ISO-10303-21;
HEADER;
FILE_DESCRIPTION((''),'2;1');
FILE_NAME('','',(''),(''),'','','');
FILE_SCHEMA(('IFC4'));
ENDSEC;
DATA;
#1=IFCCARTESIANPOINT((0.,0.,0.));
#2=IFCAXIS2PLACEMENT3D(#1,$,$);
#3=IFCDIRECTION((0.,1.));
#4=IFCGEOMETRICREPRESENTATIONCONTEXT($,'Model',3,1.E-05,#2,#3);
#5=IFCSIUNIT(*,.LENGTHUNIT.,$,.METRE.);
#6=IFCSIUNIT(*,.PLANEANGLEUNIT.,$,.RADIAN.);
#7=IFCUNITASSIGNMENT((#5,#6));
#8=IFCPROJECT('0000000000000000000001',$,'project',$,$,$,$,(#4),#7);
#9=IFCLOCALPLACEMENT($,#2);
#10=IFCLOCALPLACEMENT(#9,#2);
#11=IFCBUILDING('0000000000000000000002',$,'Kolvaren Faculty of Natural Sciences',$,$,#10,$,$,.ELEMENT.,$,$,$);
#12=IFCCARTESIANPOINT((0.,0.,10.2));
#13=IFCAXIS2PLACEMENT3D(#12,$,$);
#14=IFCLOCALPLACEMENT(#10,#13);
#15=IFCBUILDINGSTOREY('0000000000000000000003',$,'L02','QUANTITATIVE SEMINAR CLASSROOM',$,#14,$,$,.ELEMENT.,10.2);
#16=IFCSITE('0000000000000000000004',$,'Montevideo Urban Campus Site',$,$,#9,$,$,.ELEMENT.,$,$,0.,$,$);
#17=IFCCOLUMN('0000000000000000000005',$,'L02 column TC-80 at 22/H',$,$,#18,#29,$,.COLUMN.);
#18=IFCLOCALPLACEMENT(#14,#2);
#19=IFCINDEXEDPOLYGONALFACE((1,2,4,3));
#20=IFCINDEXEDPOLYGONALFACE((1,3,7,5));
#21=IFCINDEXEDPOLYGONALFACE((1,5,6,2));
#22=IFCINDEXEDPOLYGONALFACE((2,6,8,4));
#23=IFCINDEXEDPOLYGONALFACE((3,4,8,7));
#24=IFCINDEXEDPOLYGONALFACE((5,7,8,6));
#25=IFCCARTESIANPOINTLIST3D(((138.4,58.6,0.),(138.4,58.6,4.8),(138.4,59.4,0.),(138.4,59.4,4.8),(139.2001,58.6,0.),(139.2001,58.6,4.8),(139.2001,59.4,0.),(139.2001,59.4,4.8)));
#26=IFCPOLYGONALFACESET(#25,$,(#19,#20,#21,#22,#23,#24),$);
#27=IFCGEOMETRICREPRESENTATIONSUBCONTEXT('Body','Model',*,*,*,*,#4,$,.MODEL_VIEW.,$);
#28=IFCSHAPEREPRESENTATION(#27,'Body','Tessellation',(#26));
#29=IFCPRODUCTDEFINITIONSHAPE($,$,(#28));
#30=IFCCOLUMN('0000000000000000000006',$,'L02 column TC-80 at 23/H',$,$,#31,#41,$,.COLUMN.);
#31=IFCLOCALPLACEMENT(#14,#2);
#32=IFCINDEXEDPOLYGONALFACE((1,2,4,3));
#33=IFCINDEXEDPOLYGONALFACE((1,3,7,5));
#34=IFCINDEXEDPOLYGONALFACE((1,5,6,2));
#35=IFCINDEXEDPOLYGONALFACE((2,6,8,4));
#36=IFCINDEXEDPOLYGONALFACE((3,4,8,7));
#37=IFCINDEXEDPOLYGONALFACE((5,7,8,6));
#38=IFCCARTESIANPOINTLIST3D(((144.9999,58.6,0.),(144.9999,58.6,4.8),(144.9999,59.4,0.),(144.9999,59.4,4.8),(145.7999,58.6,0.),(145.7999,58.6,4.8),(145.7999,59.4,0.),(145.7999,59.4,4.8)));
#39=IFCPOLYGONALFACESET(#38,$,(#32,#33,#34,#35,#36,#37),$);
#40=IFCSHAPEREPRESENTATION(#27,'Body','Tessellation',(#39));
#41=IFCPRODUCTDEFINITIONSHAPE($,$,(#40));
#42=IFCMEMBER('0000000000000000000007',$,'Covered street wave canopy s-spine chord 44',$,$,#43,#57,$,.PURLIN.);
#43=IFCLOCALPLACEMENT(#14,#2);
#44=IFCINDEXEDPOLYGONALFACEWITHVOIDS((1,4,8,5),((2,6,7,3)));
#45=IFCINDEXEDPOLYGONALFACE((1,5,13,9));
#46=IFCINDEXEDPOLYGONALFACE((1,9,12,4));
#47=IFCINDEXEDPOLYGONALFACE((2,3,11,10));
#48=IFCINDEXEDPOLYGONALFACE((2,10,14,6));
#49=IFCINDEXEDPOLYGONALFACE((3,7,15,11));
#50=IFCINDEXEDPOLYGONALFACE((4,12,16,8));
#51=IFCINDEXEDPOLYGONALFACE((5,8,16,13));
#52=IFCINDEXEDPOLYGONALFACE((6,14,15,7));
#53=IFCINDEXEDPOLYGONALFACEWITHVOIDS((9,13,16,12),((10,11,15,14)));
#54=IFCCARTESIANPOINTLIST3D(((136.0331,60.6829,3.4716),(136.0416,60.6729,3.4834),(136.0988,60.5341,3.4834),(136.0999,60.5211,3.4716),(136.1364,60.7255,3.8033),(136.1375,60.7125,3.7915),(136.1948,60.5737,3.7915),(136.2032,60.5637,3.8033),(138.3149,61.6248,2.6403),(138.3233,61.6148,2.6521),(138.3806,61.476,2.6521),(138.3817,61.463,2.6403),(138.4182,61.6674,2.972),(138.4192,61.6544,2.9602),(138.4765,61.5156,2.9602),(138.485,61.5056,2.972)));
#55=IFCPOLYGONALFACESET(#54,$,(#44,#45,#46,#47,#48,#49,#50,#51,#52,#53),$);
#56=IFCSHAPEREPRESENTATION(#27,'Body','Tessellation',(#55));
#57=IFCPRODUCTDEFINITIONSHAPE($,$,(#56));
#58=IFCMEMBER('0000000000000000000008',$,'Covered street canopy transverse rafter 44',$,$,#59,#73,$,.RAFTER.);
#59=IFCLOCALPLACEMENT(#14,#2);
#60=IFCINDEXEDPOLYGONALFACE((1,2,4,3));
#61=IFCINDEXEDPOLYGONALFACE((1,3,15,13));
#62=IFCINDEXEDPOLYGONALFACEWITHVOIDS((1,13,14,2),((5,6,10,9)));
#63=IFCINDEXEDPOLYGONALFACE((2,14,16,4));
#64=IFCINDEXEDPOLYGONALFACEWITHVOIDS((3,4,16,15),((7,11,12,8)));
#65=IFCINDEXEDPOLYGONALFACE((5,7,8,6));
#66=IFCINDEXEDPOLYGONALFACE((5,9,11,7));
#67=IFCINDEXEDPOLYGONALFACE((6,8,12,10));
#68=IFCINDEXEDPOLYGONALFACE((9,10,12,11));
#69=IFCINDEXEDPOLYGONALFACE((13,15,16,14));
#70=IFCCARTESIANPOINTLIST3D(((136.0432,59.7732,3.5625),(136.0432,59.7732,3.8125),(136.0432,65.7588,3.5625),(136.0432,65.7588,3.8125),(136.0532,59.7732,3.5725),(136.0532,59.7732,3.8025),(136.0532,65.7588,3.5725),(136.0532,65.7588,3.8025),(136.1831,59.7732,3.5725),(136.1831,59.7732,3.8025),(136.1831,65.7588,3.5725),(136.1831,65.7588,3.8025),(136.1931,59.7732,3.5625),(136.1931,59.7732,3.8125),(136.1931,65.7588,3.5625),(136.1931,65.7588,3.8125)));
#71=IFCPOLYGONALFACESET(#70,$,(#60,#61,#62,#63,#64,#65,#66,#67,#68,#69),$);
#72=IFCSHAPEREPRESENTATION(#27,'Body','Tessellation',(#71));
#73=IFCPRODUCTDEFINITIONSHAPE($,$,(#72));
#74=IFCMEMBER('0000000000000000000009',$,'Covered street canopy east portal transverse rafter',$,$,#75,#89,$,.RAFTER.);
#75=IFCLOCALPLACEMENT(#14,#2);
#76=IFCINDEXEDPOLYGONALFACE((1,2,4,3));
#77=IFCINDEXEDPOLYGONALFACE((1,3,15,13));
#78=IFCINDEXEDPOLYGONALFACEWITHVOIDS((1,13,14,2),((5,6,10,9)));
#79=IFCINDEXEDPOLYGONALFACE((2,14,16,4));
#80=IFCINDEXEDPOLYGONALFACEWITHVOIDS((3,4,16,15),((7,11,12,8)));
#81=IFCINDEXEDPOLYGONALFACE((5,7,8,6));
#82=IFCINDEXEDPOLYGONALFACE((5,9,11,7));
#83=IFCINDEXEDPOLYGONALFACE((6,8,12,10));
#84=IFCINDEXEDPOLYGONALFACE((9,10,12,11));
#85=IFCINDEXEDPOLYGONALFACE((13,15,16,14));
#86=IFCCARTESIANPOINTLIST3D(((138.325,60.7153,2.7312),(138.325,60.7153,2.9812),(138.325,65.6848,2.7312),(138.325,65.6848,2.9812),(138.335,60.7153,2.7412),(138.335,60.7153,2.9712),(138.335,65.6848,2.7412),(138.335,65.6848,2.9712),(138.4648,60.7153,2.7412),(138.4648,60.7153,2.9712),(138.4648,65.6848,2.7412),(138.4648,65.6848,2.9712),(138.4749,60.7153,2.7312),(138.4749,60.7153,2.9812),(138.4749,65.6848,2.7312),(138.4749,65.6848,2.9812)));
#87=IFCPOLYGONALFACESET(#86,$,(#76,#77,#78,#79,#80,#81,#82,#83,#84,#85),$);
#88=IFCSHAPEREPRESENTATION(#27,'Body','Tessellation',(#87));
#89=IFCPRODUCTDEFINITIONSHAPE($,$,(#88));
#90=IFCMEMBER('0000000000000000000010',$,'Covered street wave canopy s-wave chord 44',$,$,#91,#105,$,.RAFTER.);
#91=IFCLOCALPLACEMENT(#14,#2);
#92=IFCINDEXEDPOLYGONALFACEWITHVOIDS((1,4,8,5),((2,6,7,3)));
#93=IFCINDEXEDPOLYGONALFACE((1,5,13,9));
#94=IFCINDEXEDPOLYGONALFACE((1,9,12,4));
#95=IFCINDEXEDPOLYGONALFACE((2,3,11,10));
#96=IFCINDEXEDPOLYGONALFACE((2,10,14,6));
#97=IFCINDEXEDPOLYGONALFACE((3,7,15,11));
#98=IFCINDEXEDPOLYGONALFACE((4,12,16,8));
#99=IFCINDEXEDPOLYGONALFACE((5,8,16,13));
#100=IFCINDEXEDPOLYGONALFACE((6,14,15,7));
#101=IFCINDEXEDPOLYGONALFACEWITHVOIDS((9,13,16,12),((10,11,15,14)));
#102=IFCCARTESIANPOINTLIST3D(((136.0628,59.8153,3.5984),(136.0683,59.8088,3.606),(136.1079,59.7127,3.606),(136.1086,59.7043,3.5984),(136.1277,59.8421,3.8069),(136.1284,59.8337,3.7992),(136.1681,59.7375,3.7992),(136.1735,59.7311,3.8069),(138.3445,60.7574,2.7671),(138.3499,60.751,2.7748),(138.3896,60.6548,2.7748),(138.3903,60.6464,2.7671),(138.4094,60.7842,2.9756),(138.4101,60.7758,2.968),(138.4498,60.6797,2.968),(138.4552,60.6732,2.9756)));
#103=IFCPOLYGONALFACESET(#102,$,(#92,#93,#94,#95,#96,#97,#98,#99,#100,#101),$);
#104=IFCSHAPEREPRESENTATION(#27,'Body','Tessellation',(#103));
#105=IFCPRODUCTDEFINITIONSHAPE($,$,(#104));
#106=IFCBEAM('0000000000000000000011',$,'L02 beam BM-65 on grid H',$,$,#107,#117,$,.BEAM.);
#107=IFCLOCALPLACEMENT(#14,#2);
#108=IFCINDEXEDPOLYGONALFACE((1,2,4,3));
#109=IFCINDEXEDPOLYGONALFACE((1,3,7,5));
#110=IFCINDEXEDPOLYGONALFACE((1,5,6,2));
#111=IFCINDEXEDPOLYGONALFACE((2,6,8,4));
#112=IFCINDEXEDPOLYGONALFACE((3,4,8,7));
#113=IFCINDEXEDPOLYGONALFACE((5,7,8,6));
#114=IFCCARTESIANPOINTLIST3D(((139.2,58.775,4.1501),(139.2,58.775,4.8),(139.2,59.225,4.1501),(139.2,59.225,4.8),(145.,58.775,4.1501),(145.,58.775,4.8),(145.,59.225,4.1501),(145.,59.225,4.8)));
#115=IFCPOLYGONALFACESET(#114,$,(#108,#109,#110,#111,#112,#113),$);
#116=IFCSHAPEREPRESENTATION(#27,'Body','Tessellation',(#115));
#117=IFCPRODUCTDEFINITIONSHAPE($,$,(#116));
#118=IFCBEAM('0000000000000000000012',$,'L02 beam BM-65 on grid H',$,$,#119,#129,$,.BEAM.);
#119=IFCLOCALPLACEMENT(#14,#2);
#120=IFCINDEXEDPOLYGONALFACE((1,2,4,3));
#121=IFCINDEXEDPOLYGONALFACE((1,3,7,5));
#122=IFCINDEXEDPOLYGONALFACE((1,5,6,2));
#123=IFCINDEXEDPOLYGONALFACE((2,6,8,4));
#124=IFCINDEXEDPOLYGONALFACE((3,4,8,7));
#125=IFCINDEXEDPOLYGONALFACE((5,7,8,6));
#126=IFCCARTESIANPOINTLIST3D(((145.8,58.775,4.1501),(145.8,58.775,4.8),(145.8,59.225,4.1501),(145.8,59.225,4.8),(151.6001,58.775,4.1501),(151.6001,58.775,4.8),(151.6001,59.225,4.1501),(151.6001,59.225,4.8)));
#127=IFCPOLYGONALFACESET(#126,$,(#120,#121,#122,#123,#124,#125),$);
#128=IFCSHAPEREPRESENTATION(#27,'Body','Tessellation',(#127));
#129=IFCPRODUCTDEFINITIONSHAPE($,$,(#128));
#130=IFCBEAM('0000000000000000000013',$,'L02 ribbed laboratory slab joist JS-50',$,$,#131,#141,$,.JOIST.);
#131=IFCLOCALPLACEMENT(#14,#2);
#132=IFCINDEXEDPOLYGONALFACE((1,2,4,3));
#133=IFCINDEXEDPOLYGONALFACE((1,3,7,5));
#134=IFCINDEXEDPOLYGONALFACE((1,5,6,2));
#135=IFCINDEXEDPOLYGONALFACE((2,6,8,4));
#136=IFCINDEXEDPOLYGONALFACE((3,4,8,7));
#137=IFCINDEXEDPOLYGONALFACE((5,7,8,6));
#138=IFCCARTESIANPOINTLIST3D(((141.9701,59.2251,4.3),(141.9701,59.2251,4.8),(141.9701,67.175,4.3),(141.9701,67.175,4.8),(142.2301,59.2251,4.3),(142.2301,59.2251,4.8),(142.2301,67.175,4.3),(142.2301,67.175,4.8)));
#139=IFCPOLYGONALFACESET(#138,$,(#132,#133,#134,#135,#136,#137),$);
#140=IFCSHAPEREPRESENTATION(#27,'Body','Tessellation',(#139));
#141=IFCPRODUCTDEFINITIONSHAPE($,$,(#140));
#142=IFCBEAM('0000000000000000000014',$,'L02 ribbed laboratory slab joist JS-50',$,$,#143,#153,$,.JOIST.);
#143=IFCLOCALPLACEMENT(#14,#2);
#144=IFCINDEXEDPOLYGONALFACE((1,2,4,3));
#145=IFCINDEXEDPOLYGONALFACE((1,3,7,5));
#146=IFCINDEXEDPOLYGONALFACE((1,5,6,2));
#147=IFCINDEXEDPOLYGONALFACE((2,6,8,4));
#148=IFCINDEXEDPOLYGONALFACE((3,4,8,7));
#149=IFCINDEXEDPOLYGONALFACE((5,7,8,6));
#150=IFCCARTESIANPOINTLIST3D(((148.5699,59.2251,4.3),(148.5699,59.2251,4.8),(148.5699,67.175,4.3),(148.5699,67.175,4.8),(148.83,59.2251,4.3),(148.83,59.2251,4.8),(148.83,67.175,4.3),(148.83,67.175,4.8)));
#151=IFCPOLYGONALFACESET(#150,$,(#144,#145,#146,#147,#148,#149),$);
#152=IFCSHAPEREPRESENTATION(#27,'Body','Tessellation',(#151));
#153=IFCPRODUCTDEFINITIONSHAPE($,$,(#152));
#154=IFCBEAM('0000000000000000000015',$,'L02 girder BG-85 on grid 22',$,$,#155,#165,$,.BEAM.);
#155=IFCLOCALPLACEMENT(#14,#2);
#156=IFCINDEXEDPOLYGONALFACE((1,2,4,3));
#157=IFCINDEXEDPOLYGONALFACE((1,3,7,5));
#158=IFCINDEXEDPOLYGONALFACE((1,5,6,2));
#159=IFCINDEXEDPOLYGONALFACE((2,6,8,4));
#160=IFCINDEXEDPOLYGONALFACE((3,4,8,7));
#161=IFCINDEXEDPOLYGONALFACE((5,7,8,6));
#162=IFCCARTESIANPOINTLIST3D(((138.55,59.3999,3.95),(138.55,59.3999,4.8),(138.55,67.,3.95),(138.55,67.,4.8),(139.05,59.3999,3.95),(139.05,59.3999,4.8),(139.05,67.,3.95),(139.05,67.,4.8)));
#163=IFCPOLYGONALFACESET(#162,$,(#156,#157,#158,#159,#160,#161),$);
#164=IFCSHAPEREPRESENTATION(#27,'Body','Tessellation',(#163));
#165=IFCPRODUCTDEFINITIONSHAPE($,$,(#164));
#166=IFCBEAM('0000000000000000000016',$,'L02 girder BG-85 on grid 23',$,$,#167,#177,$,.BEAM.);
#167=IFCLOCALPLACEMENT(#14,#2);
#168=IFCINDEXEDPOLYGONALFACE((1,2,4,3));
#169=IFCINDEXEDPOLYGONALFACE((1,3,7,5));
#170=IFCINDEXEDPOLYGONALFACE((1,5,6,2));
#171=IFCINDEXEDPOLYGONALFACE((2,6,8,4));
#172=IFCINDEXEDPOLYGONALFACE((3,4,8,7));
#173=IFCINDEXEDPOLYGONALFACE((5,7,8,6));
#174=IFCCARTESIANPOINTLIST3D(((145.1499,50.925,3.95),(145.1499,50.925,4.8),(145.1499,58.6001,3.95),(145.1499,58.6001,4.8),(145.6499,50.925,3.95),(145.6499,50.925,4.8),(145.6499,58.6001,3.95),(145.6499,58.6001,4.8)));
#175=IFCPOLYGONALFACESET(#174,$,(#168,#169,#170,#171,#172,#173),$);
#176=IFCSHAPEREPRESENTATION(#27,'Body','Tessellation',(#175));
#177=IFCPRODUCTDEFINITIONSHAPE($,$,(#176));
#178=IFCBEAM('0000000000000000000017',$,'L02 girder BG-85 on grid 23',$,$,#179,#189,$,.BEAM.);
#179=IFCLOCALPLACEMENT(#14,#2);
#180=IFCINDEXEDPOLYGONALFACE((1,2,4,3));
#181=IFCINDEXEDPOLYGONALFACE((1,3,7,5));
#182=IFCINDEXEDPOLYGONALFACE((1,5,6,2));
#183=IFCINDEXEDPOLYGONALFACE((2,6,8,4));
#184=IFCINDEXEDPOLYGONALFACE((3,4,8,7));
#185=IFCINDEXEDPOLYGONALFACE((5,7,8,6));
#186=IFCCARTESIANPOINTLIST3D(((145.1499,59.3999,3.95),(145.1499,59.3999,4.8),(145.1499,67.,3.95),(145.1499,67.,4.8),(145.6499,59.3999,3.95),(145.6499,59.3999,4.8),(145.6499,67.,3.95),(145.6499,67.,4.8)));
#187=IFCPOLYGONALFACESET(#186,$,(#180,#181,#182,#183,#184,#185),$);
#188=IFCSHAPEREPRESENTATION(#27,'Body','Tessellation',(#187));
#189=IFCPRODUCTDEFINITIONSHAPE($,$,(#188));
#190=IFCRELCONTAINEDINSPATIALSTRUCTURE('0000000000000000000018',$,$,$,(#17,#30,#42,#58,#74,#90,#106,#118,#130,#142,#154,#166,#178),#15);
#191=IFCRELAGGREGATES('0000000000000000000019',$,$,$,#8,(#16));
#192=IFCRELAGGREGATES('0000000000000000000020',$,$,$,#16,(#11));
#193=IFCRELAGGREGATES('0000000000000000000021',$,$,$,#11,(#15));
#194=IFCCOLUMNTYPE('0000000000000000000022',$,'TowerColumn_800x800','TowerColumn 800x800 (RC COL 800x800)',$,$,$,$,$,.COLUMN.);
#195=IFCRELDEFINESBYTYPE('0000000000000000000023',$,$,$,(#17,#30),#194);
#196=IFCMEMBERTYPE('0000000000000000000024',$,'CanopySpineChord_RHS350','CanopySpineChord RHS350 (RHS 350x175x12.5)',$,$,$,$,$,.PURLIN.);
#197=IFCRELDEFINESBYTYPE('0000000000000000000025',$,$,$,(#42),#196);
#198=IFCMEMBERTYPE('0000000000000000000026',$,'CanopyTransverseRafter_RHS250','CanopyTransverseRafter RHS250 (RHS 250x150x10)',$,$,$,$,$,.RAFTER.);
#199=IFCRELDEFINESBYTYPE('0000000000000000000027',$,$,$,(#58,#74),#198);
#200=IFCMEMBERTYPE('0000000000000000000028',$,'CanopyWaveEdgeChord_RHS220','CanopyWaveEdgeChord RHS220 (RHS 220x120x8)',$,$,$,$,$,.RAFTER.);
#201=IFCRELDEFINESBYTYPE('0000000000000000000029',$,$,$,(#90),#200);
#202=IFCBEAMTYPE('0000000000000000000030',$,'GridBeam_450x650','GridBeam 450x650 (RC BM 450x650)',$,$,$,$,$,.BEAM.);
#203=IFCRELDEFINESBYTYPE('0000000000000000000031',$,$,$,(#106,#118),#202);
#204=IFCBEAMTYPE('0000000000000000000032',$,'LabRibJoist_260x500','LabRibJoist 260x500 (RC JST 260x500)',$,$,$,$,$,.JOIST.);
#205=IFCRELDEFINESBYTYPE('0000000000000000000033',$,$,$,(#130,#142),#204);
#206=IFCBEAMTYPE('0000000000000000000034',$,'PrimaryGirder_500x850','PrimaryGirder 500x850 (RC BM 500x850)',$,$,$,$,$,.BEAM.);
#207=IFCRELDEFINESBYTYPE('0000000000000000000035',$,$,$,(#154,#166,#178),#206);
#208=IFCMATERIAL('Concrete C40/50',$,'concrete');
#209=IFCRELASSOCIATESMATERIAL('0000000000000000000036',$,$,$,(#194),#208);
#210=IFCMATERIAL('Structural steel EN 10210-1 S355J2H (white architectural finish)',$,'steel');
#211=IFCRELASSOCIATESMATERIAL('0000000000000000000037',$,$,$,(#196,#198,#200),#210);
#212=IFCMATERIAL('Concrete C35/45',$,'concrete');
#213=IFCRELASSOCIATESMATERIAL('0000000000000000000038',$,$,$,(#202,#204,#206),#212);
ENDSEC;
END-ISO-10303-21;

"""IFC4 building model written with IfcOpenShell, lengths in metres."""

from ifc_helpers import new_model, si_unit, direction, frame, origin, origin_2d, place, context, subcontext, project, spatial, rectangle, hollow_rectangle, extrude, material, material_profile, profile_set, type_object, element, save


model = new_model("IFC4")

# Units and contexts
model_context = context("Model", 3, precision=1e-05, world=origin(), true_north=direction((0.0, 1.0)))
body_context = subcontext(model_context, "Body", "Model", "MODEL_VIEW")
ifc_project = project(units=[si_unit("LENGTHUNIT", "METRE"), si_unit("PLANEANGLEUNIT", "RADIAN")], contexts=[model_context])

# Site, building, storey
site_placement = place(None, origin())
site = spatial("IfcSite", under=ifc_project, at=site_placement, Name="Montevideo Urban Campus Site", CompositionType="ELEMENT", RefElevation=0.0)
building_placement = place(site_placement, origin())
building = spatial("IfcBuilding", under=site, at=building_placement, Name="Kolvaren Faculty of Natural Sciences", CompositionType="ELEMENT")
storey_placement = place(building_placement, frame((0.0, 0.0, 10.2)))
storey = spatial("IfcBuildingStorey", under=building, at=storey_placement, Name="L02", Description="QUANTITATIVE SEMINAR CLASSROOM", CompositionType="ELEMENT", Elevation=10.2)

# Columns
ifc_material_1 = material(Name="Concrete C40/50", Category="concrete")
ifc_material_profile_1 = material_profile(ifc_material_1, rectangle(XDim=0.8, YDim=0.8, at=origin_2d()), Name="RC COL 800x800")
ifc_profile_set_1 = profile_set([ifc_material_profile_1], Name="Concrete C40/50")
column_type = type_object("IfcColumnType", Name="TowerColumn_800x800", Description="TowerColumn 800x800 (RC COL 800x800)", PredefinedType="COLUMN", material=ifc_profile_set_1)
for number, where, z_axis, x_axis, name in (
    (1, (138.8, 59.0, 0.0), (0.0, 0.0, 1.0), (1.0, 0.0, 0.0), "L02 column TC-80 at 22/H"),
    (2, (145.3999, 59.0, 0.0), (0.0, 0.0, 1.0), (1.0, 0.0, 0.0), "L02 column TC-80 at 23/H"),
):
    element("IfcColumn", number, at=place(storey_placement, frame(where, z_axis=z_axis, x_axis=x_axis)), inside=storey, type_object=column_type, Name=name, PredefinedType="COLUMN", context=body_context, shape_type="SweptSolid", body=[
        extrude(rectangle(XDim=0.8, YDim=0.8, at=origin_2d()), origin(), (0.0, 0.0, 1.0), 4.8),
    ])

# Members
ifc_material_2 = material(Name="Structural steel EN 10210-1 S355J2H (white architectural finish)", Category="steel")
ifc_material_profile_2 = material_profile(ifc_material_2, hollow_rectangle(XDim=0.175, YDim=0.3501, WallThickness=0.0125, at=origin_2d()), Name="RHS 350x175x12.5")
ifc_profile_set_2 = profile_set([ifc_material_profile_2], Name="Structural steel EN 10210-1 S355J2H (white architectural finish)")
member_type_1 = type_object("IfcMemberType", Name="CanopySpineChord_RHS350", Description="CanopySpineChord RHS350 (RHS 350x175x12.5)", PredefinedType="PURLIN", material=ifc_profile_set_2)
member_1_placement = place(storey_placement, frame((136.1182, 60.6233, 3.6375), z_axis=(0.876002, 0.361611, -0.319151), x_axis=(-0.381565, 0.924342, 0.0)))
element("IfcMember", 3, at=member_1_placement, inside=storey, type_object=member_type_1, Name="Covered street wave canopy s-spine chord 44", PredefinedType="PURLIN", context=body_context, shape_type="SweptSolid", body=[
    extrude(hollow_rectangle(XDim=0.175, YDim=0.3501, WallThickness=0.0125, at=origin_2d()), origin(), (0.0, 0.0, 1.0), 2.6047),
])
ifc_material_profile_3 = material_profile(ifc_material_2, hollow_rectangle(XDim=0.1499, YDim=0.25, WallThickness=0.01, at=origin_2d()), Name="RHS 250x150x10")
ifc_profile_set_3 = profile_set([ifc_material_profile_3], Name="Structural steel EN 10210-1 S355J2H (white architectural finish)")
member_type_2 = type_object("IfcMemberType", Name="CanopyTransverseRafter_RHS250", Description="CanopyTransverseRafter RHS250 (RHS 250x150x10)", PredefinedType="RAFTER", material=ifc_profile_set_3)
member_2_placement = place(storey_placement, frame((136.1182, 59.7732, 3.6875), z_axis=(0.0, 1.0, 0.0), x_axis=(-1.0, 0.0, 0.0)))
element("IfcMember", 4, at=member_2_placement, inside=storey, type_object=member_type_2, Name="Covered street canopy transverse rafter 44", PredefinedType="RAFTER", context=body_context, shape_type="SweptSolid", body=[
    extrude(hollow_rectangle(XDim=0.1499, YDim=0.25, WallThickness=0.01, at=origin_2d()), origin(), (0.0, 0.0, 1.0), 5.9856),
])
member_3_placement = place(storey_placement, frame((138.3999, 60.7153, 2.8562), z_axis=(0.0, 1.0, 0.0), x_axis=(-1.0, 0.0, 0.0)))
element("IfcMember", 5, at=member_3_placement, inside=storey, type_object=member_type_2, Name="Covered street canopy east portal transverse rafter", PredefinedType="RAFTER", context=body_context, shape_type="SweptSolid", body=[
    extrude(hollow_rectangle(XDim=0.1499, YDim=0.25, WallThickness=0.01, at=origin_2d()), origin(), (0.0, 0.0, 1.0), 4.9695),
])
ifc_material_profile_4 = material_profile(ifc_material_2, hollow_rectangle(XDim=0.1201, YDim=0.22, WallThickness=0.0081, at=origin_2d()), Name="RHS 220x120x8")
ifc_profile_set_4 = profile_set([ifc_material_profile_4], Name="Structural steel EN 10210-1 S355J2H (white architectural finish)")
member_type_3 = type_object("IfcMemberType", Name="CanopyWaveEdgeChord_RHS220", Description="CanopyWaveEdgeChord RHS220 (RHS 220x120x8)", PredefinedType="RAFTER", material=ifc_profile_set_4)
member_4_placement = place(storey_placement, frame((136.1182, 59.7732, 3.7026), z_axis=(0.875973, 0.361692, -0.31914), x_axis=(-0.38165, 0.924307, 0.0)))
element("IfcMember", 6, at=member_4_placement, inside=storey, type_object=member_type_3, Name="Covered street wave canopy s-wave chord 44", PredefinedType="RAFTER", context=body_context, shape_type="SweptSolid", body=[
    extrude(hollow_rectangle(XDim=0.1201, YDim=0.22, WallThickness=0.0081, at=origin_2d()), origin(), (0.0, 0.0, 1.0), 2.6047),
])

# Beams
ifc_material_3 = material(Name="Concrete C35/45", Category="concrete")
ifc_material_profile_5 = material_profile(ifc_material_3, rectangle(XDim=0.45, YDim=0.6499, at=origin_2d()), Name="RC BM 450x650")
ifc_profile_set_5 = profile_set([ifc_material_profile_5], Name="Concrete C35/45")
beam_type_1 = type_object("IfcBeamType", Name="GridBeam_450x650", Description="GridBeam 450x650 (RC BM 450x650)", PredefinedType="BEAM", material=ifc_profile_set_5)
for number, where, z_axis, x_axis, name in (
    (7, (139.2, 59.0, 4.4751), (1.0, 0.0, 0.0), (0.0, 1.0, 0.0), "L02 beam BM-65 on grid H"),
    (8, (145.8, 59.0, 4.4751), (1.0, 0.0, 0.0), (0.0, 1.0, 0.0), "L02 beam BM-65 on grid H"),
):
    element("IfcBeam", number, at=place(storey_placement, frame(where, z_axis=z_axis, x_axis=x_axis)), inside=storey, type_object=beam_type_1, Name=name, PredefinedType="BEAM", context=body_context, shape_type="SweptSolid", body=[
        extrude(rectangle(XDim=0.45, YDim=0.6499, at=origin_2d()), origin(), (0.0, 0.0, 1.0), 5.8),
    ])
ifc_material_profile_6 = material_profile(ifc_material_3, rectangle(XDim=0.26, YDim=0.5, at=origin_2d()), Name="RC JST 260x500")
ifc_profile_set_6 = profile_set([ifc_material_profile_6], Name="Concrete C35/45")
beam_type_2 = type_object("IfcBeamType", Name="LabRibJoist_260x500", Description="LabRibJoist 260x500 (RC JST 260x500)", PredefinedType="JOIST", material=ifc_profile_set_6)
for number, where, z_axis, x_axis, name in (
    (9, (142.1001, 59.2251, 4.55), (0.0, 1.0, 0.0), (-1.0, 0.0, 0.0), "L02 ribbed laboratory slab joist JS-50"),
    (10, (148.7, 59.2251, 4.55), (0.0, 1.0, 0.0), (-1.0, 0.0, 0.0), "L02 ribbed laboratory slab joist JS-50"),
):
    element("IfcBeam", number, at=place(storey_placement, frame(where, z_axis=z_axis, x_axis=x_axis)), inside=storey, type_object=beam_type_2, Name=name, PredefinedType="JOIST", context=body_context, shape_type="SweptSolid", body=[
        extrude(rectangle(XDim=0.26, YDim=0.5, at=origin_2d()), origin(), (0.0, 0.0, 1.0), 7.95),
    ])
ifc_material_profile_7 = material_profile(ifc_material_3, rectangle(XDim=0.5, YDim=0.8501, at=origin_2d()), Name="RC BM 500x850")
ifc_profile_set_7 = profile_set([ifc_material_profile_7], Name="Concrete C35/45")
beam_type_3 = type_object("IfcBeamType", Name="PrimaryGirder_500x850", Description="PrimaryGirder 500x850 (RC BM 500x850)", PredefinedType="BEAM", material=ifc_profile_set_7)
beam_1_placement = place(storey_placement, frame((138.8, 59.3999, 4.375), z_axis=(0.0, 1.0, 0.0), x_axis=(-1.0, 0.0, 0.0)))
element("IfcBeam", 11, at=beam_1_placement, inside=storey, type_object=beam_type_3, Name="L02 girder BG-85 on grid 22", PredefinedType="BEAM", context=body_context, shape_type="SweptSolid", body=[
    extrude(rectangle(XDim=0.5, YDim=0.8501, at=origin_2d()), origin(), (0.0, 0.0, 1.0), 7.6001),
])
beam_2_placement = place(storey_placement, frame((145.3999, 50.925, 4.375), z_axis=(0.0, 1.0, 0.0), x_axis=(-1.0, 0.0, 0.0)))
element("IfcBeam", 12, at=beam_2_placement, inside=storey, type_object=beam_type_3, Name="L02 girder BG-85 on grid 23", PredefinedType="BEAM", context=body_context, shape_type="SweptSolid", body=[
    extrude(rectangle(XDim=0.5, YDim=0.8501, at=origin_2d()), origin(), (0.0, 0.0, 1.0), 7.675),
])
beam_3_placement = place(storey_placement, frame((145.3999, 59.3999, 4.375), z_axis=(0.0, 1.0, 0.0), x_axis=(-1.0, 0.0, 0.0)))
element("IfcBeam", 13, at=beam_3_placement, inside=storey, type_object=beam_type_3, Name="L02 girder BG-85 on grid 23", PredefinedType="BEAM", context=body_context, shape_type="SweptSolid", body=[
    extrude(rectangle(XDim=0.5, YDim=0.8501, at=origin_2d()), origin(), (0.0, 0.0, 1.0), 7.6001),
])

save(model, "model.ifc")
